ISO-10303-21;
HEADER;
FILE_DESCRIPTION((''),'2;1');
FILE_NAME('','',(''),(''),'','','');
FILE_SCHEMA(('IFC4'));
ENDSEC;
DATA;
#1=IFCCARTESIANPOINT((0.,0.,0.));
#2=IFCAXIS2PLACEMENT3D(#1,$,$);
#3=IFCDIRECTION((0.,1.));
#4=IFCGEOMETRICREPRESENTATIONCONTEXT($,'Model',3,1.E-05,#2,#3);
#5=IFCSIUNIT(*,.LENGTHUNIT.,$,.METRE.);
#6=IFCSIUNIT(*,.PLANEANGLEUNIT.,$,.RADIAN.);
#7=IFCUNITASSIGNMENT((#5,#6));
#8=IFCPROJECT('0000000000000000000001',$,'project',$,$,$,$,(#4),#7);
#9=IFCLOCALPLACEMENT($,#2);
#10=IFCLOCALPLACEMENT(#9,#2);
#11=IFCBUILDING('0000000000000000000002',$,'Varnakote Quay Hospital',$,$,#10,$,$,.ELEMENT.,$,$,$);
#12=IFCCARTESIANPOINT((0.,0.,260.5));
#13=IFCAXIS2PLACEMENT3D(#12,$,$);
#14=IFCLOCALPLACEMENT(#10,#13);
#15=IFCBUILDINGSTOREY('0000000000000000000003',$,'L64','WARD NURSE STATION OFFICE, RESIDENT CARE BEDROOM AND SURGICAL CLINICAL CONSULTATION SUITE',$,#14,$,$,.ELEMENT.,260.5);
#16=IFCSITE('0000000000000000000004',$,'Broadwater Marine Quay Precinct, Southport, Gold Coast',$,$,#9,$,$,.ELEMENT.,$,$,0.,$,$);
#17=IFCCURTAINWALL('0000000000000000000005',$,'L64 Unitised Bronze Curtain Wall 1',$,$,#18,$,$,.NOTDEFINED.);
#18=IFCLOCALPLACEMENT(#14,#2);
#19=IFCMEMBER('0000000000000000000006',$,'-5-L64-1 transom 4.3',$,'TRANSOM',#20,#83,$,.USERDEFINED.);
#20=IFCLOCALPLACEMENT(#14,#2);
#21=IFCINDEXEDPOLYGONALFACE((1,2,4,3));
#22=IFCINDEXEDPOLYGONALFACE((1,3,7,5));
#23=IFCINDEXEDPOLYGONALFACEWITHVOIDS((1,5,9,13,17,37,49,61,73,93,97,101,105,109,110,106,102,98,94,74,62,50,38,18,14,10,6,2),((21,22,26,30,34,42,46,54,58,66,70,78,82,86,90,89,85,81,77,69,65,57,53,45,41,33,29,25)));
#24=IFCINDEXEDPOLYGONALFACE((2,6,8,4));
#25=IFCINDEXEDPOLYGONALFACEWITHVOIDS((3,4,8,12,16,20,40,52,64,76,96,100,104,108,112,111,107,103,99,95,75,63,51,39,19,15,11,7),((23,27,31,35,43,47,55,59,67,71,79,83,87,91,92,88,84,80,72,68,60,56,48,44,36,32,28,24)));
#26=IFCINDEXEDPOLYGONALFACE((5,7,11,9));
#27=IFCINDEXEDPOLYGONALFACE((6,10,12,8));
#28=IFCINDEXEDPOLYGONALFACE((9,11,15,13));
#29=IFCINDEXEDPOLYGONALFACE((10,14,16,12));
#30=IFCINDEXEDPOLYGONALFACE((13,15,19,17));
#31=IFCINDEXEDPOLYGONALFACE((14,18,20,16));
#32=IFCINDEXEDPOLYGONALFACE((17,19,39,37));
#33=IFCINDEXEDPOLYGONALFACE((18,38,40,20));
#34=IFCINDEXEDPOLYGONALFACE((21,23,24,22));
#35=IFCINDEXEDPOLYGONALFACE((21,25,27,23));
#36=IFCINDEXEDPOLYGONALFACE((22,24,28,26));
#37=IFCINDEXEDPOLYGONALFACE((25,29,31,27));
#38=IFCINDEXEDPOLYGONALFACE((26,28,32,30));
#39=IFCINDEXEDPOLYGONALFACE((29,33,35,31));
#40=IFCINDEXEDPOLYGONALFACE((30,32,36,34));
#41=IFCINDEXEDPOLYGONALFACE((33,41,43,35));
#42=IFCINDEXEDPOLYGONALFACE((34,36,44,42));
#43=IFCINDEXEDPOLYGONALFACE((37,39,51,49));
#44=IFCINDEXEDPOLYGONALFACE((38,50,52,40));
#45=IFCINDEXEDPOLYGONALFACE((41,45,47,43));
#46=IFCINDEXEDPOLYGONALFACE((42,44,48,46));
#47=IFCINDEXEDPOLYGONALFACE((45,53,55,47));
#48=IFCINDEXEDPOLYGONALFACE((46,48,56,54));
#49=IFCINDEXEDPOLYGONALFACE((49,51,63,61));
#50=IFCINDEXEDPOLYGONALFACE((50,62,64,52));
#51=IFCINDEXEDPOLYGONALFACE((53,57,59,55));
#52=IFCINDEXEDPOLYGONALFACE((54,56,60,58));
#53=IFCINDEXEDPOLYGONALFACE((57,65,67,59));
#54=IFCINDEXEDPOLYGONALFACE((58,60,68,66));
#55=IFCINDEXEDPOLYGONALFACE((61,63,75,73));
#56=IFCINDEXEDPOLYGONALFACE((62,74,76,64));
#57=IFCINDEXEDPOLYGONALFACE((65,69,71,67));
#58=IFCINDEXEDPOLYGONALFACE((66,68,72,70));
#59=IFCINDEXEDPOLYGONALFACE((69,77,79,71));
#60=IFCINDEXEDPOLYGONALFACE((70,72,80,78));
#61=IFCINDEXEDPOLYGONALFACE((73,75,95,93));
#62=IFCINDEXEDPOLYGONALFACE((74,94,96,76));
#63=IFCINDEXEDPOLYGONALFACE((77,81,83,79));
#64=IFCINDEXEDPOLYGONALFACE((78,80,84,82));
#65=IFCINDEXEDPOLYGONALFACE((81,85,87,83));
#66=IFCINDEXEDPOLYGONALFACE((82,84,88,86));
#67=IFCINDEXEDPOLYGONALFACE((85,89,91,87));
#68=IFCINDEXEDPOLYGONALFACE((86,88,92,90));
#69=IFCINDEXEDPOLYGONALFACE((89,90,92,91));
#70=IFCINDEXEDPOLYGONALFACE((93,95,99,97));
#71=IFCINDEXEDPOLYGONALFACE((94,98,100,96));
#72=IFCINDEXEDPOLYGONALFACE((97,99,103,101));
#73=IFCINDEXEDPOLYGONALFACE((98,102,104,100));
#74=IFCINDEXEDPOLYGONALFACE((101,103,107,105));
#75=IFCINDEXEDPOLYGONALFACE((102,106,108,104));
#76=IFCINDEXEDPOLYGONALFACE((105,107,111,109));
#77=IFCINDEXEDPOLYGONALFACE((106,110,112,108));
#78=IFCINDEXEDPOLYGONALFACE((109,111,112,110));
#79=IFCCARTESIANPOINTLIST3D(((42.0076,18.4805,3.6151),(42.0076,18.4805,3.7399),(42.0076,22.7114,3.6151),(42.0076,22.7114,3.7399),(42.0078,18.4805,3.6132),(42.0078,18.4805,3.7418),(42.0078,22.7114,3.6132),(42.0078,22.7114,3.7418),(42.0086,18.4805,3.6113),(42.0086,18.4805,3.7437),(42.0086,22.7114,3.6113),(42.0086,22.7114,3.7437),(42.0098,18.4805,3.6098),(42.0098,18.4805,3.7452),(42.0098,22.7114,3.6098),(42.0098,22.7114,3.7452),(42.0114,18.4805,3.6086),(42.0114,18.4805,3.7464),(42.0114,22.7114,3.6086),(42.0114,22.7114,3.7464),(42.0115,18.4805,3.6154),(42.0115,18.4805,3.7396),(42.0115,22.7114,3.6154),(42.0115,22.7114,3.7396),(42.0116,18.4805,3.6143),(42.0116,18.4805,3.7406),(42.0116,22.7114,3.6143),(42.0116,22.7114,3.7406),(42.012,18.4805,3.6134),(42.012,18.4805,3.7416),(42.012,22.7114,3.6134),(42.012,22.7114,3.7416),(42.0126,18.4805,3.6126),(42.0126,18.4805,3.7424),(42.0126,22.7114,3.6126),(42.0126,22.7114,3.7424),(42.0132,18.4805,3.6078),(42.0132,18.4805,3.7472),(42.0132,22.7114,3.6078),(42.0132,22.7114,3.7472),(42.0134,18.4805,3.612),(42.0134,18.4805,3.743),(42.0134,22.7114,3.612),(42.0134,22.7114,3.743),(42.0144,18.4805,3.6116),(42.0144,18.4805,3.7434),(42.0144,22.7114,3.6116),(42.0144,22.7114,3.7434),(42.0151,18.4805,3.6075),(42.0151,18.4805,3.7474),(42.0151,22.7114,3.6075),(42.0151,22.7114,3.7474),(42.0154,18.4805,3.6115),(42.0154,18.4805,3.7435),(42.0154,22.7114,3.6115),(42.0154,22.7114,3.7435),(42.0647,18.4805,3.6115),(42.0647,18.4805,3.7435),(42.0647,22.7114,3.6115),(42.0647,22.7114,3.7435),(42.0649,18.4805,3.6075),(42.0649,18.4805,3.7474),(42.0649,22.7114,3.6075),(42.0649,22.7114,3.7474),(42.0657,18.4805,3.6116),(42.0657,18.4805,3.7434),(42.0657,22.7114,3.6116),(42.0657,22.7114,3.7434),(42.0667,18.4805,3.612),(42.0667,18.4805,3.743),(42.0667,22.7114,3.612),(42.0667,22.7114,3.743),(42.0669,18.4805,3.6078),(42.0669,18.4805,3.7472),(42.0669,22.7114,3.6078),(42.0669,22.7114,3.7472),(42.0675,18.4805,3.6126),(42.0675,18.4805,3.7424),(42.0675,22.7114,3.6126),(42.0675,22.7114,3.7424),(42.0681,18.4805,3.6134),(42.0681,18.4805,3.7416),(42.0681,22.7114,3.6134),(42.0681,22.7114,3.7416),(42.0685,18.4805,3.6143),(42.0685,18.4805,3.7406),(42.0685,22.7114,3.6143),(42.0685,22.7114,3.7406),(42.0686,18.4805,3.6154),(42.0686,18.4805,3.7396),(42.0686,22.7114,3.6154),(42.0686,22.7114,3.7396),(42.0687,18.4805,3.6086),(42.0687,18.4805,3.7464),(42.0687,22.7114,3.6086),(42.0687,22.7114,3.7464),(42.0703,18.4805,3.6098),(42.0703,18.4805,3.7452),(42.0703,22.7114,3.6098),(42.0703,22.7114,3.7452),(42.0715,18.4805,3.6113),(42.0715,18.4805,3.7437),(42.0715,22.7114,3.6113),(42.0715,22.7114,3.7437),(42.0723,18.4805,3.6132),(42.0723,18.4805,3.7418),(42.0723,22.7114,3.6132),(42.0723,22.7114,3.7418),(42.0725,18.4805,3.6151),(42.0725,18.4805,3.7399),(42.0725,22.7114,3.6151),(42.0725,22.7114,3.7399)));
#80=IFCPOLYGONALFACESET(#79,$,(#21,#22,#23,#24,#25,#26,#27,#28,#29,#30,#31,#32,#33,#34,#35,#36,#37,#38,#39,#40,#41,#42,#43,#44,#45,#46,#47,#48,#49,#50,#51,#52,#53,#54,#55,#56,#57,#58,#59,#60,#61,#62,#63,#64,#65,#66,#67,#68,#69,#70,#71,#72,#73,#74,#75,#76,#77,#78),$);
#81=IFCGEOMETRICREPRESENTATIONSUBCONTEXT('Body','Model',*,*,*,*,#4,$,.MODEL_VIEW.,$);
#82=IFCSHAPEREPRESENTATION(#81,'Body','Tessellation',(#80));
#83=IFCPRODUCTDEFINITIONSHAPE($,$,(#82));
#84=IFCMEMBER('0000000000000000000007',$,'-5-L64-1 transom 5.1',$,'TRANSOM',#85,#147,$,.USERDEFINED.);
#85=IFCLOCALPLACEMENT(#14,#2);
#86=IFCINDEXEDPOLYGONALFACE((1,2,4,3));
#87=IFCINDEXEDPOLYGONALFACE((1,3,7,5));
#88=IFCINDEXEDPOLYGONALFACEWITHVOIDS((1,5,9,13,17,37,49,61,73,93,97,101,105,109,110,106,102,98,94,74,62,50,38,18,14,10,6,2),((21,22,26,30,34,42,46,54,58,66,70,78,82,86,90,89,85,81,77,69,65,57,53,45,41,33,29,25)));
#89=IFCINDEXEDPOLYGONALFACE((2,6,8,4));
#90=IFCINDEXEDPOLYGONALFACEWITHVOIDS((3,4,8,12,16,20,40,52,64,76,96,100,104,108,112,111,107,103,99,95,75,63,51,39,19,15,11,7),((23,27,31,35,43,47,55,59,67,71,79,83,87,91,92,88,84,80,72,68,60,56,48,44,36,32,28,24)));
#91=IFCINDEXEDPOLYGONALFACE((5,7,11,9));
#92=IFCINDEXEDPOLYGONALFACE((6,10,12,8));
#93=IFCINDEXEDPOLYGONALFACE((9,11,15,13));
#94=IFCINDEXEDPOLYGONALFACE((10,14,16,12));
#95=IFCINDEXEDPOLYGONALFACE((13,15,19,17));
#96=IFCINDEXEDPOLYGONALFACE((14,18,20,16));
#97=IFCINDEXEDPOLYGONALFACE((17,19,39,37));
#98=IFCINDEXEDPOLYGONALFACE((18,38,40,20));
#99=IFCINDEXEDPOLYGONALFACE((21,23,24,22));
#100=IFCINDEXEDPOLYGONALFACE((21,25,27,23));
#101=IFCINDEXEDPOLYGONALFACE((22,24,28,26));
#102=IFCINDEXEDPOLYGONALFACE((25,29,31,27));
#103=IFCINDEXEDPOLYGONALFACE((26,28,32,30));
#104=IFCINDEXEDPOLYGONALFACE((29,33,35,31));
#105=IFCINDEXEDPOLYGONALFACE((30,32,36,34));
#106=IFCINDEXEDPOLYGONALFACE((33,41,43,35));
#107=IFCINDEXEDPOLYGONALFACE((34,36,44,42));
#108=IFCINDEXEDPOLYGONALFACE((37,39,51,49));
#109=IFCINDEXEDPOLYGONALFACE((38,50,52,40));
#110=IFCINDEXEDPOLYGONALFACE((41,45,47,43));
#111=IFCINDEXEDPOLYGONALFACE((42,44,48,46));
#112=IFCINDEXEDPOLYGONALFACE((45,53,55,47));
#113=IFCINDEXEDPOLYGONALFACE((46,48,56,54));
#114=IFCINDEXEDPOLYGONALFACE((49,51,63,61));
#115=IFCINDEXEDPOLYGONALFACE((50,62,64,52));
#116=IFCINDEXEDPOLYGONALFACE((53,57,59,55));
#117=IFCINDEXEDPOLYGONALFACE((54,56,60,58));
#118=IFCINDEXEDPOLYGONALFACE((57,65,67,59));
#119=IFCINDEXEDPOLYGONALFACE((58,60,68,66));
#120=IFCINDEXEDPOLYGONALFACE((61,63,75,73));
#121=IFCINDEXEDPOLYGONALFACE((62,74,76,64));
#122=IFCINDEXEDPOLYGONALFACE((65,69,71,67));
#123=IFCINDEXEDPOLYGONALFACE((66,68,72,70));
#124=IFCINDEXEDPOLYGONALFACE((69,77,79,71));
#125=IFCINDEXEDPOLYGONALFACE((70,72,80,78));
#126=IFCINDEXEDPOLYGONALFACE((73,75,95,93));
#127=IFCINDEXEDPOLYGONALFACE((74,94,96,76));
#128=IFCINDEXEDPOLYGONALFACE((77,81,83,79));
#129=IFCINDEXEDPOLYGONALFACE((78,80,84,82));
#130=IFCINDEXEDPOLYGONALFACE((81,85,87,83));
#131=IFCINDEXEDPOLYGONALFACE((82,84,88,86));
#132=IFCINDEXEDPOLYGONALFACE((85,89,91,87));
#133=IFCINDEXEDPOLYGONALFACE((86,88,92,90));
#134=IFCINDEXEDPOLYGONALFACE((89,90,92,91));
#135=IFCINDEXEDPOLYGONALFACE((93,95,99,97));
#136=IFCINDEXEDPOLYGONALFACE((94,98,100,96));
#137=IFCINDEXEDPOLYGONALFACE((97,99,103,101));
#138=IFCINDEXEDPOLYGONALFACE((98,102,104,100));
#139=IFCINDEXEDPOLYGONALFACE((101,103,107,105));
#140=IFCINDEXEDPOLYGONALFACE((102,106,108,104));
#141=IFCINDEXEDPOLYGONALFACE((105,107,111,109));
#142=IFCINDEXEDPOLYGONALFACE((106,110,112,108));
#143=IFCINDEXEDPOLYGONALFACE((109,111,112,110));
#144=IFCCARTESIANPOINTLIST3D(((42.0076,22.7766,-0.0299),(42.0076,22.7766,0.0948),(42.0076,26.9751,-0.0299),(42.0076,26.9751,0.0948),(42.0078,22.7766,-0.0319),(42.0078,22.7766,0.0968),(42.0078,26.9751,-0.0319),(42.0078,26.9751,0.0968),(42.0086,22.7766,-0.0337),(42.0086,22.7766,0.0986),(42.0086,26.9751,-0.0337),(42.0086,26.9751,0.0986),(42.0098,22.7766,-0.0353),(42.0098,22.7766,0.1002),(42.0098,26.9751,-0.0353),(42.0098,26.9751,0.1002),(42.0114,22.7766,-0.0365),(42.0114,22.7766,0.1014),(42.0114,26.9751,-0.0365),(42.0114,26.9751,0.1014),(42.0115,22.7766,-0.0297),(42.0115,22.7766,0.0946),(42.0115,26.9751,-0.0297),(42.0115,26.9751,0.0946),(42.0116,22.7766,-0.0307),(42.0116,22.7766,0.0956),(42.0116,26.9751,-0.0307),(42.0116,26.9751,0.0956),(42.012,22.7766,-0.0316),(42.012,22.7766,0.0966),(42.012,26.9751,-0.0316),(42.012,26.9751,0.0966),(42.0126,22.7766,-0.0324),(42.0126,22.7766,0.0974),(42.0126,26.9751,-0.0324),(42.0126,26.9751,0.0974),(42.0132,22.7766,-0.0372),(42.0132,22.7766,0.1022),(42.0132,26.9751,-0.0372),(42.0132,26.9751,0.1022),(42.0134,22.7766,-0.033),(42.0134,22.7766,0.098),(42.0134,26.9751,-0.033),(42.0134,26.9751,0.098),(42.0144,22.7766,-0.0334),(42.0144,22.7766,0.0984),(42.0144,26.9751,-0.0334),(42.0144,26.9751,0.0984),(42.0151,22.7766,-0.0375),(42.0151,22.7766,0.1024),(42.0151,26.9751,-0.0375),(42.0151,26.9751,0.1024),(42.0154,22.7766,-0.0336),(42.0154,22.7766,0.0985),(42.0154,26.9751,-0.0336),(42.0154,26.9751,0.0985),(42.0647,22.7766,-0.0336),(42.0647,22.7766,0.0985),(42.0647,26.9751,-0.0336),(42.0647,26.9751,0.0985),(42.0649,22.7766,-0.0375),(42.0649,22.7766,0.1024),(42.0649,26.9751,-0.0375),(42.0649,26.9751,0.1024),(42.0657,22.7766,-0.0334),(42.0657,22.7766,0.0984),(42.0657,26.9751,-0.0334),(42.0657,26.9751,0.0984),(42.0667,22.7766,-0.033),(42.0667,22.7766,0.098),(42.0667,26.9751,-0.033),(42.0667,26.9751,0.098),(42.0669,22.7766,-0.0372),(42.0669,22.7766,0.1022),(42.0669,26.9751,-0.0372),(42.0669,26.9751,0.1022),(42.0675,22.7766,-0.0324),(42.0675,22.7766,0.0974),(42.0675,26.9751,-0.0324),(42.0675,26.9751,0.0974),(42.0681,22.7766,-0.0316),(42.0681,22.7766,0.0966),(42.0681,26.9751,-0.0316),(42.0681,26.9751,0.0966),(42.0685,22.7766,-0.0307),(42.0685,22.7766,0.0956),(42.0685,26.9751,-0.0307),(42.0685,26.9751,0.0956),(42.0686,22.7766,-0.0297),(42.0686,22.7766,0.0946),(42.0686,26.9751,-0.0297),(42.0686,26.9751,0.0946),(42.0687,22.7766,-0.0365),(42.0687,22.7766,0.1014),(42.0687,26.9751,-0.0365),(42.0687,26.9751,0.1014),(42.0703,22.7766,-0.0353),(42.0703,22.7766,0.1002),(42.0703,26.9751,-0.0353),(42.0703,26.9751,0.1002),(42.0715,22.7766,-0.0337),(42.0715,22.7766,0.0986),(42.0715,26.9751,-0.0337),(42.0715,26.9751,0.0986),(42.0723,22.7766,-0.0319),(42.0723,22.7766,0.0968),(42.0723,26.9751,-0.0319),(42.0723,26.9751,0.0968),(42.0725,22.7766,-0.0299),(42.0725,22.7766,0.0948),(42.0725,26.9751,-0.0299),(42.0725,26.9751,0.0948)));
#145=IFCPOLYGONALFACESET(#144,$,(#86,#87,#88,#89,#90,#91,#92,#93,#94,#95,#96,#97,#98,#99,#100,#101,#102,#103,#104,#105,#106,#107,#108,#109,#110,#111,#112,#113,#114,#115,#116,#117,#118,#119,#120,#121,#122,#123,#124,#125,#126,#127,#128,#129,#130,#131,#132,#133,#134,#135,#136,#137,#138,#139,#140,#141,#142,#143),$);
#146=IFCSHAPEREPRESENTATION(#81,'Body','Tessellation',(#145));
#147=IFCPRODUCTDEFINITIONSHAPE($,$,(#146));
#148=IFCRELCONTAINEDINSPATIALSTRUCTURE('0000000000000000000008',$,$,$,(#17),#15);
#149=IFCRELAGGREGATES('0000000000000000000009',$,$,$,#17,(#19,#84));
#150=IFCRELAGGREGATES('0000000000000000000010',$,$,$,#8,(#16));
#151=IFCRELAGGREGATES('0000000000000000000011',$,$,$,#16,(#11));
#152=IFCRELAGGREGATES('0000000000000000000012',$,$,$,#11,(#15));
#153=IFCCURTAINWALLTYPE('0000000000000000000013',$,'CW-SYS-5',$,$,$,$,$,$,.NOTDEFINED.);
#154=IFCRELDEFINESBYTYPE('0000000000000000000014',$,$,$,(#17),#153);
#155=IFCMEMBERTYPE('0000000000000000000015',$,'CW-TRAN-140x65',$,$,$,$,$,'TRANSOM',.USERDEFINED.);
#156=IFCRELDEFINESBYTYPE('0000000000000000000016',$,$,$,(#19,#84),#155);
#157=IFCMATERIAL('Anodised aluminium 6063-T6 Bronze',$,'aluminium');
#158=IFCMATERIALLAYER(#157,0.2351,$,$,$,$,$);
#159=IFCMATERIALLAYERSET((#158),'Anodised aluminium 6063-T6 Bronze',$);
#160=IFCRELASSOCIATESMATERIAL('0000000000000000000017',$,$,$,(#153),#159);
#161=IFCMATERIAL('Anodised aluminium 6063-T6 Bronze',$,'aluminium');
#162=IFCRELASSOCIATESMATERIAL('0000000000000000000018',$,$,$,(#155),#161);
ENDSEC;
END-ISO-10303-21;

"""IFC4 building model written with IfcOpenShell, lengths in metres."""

from ifc_helpers import new_model, si_unit, direction, frame, origin, origin_2d, place, context, subcontext, project, spatial, hollow_rectangle, extrude, material, layer, layer_set, material_profile, profile_set, type_object, element, aggregate, save


model = new_model("IFC4")

# Units and contexts
model_context = context("Model", 3, precision=1e-05, world=origin(), true_north=direction((0.0, 1.0)))
body_context = subcontext(model_context, "Body", "Model", "MODEL_VIEW")
ifc_project = project(units=[si_unit("LENGTHUNIT", "METRE"), si_unit("PLANEANGLEUNIT", "RADIAN")], contexts=[model_context])

# Site, building, storey
site_placement = place(None, origin())
site = spatial("IfcSite", under=ifc_project, at=site_placement, Name="Broadwater Marine Quay Precinct, Southport, Gold Coast", CompositionType="ELEMENT", RefElevation=0.0)
building_placement = place(site_placement, origin())
building = spatial("IfcBuilding", under=site, at=building_placement, Name="Varnakote Quay Hospital", CompositionType="ELEMENT")
storey_placement = place(building_placement, frame((0.0, 0.0, 260.5)))
storey = spatial("IfcBuildingStorey", under=building, at=storey_placement, Name="L64", Description="WARD NURSE STATION OFFICE, RESIDENT CARE BEDROOM AND SURGICAL CLINICAL CONSULTATION SUITE", CompositionType="ELEMENT", Elevation=260.5)

# Curtain wall
ifc_material_1 = material(Name="Anodised aluminium 6063-T6 Bronze", Category="aluminium")
ifc_layer_1 = layer(ifc_material_1, 0.2351)
ifc_layer_set_1 = layer_set([ifc_layer_1], Name="Anodised aluminium 6063-T6 Bronze")
curtain_wall_type = type_object("IfcCurtainWallType", Name="CW-SYS-5", PredefinedType="NOTDEFINED", material=ifc_layer_set_1)
curtain_wall_1_placement = place(storey_placement, origin())
curtain_wall_1 = element("IfcCurtainWall", 1, at=curtain_wall_1_placement, inside=storey, type_object=curtain_wall_type, Name="L64 Unitised Bronze Curtain Wall 1", PredefinedType="NOTDEFINED")

# Members
ifc_material_2 = material(Name="Anodised aluminium 6063-T6 Bronze", Category="aluminium")
ifc_material_profile_1 = material_profile(ifc_material_2, hollow_rectangle(XDim=0.0649, YDim=0.1399, WallThickness=0.0039, InnerFilletRadius=0.0039, OuterFilletRadius=0.0076, at=origin_2d()), Name="CW-TRAN-140x65")
ifc_profile_set_1 = profile_set([ifc_material_profile_1], Name="Anodised aluminium 6063-T6 Bronze")
member_type_1 = type_object("IfcMemberType", Name="CW-TRAN-140x65", ElementType="TRANSOM", PredefinedType="USERDEFINED", material=ifc_profile_set_1)
member_1_placement = place(storey_placement, frame((42.04, 18.4805, 3.6775), z_axis=(0.0, 1.0, 0.0), x_axis=(-1.0, 0.0, 0.0)))
member_1 = element("IfcMember", 2, at=member_1_placement, type_object=member_type_1, Name="-5-L64-1 transom 4.3", ObjectType="TRANSOM", PredefinedType="USERDEFINED", context=body_context, shape_type="SweptSolid", body=[
    extrude(hollow_rectangle(XDim=0.0649, YDim=0.1399, WallThickness=0.0039, InnerFilletRadius=0.0039, OuterFilletRadius=0.0076, at=origin_2d()), origin(), (0.0, 0.0, 1.0), 4.231),
])
member_2_placement = place(storey_placement, frame((42.04, 22.7766, 0.0325), z_axis=(0.0, 1.0, 0.0), x_axis=(-1.0, 0.0, 0.0)))
member_2 = element("IfcMember", 3, at=member_2_placement, type_object=member_type_1, Name="-5-L64-1 transom 5.1", ObjectType="TRANSOM", PredefinedType="USERDEFINED", context=body_context, shape_type="SweptSolid", body=[
    extrude(hollow_rectangle(XDim=0.0649, YDim=0.1399, WallThickness=0.0039, InnerFilletRadius=0.0039, OuterFilletRadius=0.0076, at=origin_2d()), origin(), (0.0, 0.0, 1.0), 4.1985),
])

aggregate(curtain_wall_1, [member_1, member_2])

save(model, "model.ifc")
